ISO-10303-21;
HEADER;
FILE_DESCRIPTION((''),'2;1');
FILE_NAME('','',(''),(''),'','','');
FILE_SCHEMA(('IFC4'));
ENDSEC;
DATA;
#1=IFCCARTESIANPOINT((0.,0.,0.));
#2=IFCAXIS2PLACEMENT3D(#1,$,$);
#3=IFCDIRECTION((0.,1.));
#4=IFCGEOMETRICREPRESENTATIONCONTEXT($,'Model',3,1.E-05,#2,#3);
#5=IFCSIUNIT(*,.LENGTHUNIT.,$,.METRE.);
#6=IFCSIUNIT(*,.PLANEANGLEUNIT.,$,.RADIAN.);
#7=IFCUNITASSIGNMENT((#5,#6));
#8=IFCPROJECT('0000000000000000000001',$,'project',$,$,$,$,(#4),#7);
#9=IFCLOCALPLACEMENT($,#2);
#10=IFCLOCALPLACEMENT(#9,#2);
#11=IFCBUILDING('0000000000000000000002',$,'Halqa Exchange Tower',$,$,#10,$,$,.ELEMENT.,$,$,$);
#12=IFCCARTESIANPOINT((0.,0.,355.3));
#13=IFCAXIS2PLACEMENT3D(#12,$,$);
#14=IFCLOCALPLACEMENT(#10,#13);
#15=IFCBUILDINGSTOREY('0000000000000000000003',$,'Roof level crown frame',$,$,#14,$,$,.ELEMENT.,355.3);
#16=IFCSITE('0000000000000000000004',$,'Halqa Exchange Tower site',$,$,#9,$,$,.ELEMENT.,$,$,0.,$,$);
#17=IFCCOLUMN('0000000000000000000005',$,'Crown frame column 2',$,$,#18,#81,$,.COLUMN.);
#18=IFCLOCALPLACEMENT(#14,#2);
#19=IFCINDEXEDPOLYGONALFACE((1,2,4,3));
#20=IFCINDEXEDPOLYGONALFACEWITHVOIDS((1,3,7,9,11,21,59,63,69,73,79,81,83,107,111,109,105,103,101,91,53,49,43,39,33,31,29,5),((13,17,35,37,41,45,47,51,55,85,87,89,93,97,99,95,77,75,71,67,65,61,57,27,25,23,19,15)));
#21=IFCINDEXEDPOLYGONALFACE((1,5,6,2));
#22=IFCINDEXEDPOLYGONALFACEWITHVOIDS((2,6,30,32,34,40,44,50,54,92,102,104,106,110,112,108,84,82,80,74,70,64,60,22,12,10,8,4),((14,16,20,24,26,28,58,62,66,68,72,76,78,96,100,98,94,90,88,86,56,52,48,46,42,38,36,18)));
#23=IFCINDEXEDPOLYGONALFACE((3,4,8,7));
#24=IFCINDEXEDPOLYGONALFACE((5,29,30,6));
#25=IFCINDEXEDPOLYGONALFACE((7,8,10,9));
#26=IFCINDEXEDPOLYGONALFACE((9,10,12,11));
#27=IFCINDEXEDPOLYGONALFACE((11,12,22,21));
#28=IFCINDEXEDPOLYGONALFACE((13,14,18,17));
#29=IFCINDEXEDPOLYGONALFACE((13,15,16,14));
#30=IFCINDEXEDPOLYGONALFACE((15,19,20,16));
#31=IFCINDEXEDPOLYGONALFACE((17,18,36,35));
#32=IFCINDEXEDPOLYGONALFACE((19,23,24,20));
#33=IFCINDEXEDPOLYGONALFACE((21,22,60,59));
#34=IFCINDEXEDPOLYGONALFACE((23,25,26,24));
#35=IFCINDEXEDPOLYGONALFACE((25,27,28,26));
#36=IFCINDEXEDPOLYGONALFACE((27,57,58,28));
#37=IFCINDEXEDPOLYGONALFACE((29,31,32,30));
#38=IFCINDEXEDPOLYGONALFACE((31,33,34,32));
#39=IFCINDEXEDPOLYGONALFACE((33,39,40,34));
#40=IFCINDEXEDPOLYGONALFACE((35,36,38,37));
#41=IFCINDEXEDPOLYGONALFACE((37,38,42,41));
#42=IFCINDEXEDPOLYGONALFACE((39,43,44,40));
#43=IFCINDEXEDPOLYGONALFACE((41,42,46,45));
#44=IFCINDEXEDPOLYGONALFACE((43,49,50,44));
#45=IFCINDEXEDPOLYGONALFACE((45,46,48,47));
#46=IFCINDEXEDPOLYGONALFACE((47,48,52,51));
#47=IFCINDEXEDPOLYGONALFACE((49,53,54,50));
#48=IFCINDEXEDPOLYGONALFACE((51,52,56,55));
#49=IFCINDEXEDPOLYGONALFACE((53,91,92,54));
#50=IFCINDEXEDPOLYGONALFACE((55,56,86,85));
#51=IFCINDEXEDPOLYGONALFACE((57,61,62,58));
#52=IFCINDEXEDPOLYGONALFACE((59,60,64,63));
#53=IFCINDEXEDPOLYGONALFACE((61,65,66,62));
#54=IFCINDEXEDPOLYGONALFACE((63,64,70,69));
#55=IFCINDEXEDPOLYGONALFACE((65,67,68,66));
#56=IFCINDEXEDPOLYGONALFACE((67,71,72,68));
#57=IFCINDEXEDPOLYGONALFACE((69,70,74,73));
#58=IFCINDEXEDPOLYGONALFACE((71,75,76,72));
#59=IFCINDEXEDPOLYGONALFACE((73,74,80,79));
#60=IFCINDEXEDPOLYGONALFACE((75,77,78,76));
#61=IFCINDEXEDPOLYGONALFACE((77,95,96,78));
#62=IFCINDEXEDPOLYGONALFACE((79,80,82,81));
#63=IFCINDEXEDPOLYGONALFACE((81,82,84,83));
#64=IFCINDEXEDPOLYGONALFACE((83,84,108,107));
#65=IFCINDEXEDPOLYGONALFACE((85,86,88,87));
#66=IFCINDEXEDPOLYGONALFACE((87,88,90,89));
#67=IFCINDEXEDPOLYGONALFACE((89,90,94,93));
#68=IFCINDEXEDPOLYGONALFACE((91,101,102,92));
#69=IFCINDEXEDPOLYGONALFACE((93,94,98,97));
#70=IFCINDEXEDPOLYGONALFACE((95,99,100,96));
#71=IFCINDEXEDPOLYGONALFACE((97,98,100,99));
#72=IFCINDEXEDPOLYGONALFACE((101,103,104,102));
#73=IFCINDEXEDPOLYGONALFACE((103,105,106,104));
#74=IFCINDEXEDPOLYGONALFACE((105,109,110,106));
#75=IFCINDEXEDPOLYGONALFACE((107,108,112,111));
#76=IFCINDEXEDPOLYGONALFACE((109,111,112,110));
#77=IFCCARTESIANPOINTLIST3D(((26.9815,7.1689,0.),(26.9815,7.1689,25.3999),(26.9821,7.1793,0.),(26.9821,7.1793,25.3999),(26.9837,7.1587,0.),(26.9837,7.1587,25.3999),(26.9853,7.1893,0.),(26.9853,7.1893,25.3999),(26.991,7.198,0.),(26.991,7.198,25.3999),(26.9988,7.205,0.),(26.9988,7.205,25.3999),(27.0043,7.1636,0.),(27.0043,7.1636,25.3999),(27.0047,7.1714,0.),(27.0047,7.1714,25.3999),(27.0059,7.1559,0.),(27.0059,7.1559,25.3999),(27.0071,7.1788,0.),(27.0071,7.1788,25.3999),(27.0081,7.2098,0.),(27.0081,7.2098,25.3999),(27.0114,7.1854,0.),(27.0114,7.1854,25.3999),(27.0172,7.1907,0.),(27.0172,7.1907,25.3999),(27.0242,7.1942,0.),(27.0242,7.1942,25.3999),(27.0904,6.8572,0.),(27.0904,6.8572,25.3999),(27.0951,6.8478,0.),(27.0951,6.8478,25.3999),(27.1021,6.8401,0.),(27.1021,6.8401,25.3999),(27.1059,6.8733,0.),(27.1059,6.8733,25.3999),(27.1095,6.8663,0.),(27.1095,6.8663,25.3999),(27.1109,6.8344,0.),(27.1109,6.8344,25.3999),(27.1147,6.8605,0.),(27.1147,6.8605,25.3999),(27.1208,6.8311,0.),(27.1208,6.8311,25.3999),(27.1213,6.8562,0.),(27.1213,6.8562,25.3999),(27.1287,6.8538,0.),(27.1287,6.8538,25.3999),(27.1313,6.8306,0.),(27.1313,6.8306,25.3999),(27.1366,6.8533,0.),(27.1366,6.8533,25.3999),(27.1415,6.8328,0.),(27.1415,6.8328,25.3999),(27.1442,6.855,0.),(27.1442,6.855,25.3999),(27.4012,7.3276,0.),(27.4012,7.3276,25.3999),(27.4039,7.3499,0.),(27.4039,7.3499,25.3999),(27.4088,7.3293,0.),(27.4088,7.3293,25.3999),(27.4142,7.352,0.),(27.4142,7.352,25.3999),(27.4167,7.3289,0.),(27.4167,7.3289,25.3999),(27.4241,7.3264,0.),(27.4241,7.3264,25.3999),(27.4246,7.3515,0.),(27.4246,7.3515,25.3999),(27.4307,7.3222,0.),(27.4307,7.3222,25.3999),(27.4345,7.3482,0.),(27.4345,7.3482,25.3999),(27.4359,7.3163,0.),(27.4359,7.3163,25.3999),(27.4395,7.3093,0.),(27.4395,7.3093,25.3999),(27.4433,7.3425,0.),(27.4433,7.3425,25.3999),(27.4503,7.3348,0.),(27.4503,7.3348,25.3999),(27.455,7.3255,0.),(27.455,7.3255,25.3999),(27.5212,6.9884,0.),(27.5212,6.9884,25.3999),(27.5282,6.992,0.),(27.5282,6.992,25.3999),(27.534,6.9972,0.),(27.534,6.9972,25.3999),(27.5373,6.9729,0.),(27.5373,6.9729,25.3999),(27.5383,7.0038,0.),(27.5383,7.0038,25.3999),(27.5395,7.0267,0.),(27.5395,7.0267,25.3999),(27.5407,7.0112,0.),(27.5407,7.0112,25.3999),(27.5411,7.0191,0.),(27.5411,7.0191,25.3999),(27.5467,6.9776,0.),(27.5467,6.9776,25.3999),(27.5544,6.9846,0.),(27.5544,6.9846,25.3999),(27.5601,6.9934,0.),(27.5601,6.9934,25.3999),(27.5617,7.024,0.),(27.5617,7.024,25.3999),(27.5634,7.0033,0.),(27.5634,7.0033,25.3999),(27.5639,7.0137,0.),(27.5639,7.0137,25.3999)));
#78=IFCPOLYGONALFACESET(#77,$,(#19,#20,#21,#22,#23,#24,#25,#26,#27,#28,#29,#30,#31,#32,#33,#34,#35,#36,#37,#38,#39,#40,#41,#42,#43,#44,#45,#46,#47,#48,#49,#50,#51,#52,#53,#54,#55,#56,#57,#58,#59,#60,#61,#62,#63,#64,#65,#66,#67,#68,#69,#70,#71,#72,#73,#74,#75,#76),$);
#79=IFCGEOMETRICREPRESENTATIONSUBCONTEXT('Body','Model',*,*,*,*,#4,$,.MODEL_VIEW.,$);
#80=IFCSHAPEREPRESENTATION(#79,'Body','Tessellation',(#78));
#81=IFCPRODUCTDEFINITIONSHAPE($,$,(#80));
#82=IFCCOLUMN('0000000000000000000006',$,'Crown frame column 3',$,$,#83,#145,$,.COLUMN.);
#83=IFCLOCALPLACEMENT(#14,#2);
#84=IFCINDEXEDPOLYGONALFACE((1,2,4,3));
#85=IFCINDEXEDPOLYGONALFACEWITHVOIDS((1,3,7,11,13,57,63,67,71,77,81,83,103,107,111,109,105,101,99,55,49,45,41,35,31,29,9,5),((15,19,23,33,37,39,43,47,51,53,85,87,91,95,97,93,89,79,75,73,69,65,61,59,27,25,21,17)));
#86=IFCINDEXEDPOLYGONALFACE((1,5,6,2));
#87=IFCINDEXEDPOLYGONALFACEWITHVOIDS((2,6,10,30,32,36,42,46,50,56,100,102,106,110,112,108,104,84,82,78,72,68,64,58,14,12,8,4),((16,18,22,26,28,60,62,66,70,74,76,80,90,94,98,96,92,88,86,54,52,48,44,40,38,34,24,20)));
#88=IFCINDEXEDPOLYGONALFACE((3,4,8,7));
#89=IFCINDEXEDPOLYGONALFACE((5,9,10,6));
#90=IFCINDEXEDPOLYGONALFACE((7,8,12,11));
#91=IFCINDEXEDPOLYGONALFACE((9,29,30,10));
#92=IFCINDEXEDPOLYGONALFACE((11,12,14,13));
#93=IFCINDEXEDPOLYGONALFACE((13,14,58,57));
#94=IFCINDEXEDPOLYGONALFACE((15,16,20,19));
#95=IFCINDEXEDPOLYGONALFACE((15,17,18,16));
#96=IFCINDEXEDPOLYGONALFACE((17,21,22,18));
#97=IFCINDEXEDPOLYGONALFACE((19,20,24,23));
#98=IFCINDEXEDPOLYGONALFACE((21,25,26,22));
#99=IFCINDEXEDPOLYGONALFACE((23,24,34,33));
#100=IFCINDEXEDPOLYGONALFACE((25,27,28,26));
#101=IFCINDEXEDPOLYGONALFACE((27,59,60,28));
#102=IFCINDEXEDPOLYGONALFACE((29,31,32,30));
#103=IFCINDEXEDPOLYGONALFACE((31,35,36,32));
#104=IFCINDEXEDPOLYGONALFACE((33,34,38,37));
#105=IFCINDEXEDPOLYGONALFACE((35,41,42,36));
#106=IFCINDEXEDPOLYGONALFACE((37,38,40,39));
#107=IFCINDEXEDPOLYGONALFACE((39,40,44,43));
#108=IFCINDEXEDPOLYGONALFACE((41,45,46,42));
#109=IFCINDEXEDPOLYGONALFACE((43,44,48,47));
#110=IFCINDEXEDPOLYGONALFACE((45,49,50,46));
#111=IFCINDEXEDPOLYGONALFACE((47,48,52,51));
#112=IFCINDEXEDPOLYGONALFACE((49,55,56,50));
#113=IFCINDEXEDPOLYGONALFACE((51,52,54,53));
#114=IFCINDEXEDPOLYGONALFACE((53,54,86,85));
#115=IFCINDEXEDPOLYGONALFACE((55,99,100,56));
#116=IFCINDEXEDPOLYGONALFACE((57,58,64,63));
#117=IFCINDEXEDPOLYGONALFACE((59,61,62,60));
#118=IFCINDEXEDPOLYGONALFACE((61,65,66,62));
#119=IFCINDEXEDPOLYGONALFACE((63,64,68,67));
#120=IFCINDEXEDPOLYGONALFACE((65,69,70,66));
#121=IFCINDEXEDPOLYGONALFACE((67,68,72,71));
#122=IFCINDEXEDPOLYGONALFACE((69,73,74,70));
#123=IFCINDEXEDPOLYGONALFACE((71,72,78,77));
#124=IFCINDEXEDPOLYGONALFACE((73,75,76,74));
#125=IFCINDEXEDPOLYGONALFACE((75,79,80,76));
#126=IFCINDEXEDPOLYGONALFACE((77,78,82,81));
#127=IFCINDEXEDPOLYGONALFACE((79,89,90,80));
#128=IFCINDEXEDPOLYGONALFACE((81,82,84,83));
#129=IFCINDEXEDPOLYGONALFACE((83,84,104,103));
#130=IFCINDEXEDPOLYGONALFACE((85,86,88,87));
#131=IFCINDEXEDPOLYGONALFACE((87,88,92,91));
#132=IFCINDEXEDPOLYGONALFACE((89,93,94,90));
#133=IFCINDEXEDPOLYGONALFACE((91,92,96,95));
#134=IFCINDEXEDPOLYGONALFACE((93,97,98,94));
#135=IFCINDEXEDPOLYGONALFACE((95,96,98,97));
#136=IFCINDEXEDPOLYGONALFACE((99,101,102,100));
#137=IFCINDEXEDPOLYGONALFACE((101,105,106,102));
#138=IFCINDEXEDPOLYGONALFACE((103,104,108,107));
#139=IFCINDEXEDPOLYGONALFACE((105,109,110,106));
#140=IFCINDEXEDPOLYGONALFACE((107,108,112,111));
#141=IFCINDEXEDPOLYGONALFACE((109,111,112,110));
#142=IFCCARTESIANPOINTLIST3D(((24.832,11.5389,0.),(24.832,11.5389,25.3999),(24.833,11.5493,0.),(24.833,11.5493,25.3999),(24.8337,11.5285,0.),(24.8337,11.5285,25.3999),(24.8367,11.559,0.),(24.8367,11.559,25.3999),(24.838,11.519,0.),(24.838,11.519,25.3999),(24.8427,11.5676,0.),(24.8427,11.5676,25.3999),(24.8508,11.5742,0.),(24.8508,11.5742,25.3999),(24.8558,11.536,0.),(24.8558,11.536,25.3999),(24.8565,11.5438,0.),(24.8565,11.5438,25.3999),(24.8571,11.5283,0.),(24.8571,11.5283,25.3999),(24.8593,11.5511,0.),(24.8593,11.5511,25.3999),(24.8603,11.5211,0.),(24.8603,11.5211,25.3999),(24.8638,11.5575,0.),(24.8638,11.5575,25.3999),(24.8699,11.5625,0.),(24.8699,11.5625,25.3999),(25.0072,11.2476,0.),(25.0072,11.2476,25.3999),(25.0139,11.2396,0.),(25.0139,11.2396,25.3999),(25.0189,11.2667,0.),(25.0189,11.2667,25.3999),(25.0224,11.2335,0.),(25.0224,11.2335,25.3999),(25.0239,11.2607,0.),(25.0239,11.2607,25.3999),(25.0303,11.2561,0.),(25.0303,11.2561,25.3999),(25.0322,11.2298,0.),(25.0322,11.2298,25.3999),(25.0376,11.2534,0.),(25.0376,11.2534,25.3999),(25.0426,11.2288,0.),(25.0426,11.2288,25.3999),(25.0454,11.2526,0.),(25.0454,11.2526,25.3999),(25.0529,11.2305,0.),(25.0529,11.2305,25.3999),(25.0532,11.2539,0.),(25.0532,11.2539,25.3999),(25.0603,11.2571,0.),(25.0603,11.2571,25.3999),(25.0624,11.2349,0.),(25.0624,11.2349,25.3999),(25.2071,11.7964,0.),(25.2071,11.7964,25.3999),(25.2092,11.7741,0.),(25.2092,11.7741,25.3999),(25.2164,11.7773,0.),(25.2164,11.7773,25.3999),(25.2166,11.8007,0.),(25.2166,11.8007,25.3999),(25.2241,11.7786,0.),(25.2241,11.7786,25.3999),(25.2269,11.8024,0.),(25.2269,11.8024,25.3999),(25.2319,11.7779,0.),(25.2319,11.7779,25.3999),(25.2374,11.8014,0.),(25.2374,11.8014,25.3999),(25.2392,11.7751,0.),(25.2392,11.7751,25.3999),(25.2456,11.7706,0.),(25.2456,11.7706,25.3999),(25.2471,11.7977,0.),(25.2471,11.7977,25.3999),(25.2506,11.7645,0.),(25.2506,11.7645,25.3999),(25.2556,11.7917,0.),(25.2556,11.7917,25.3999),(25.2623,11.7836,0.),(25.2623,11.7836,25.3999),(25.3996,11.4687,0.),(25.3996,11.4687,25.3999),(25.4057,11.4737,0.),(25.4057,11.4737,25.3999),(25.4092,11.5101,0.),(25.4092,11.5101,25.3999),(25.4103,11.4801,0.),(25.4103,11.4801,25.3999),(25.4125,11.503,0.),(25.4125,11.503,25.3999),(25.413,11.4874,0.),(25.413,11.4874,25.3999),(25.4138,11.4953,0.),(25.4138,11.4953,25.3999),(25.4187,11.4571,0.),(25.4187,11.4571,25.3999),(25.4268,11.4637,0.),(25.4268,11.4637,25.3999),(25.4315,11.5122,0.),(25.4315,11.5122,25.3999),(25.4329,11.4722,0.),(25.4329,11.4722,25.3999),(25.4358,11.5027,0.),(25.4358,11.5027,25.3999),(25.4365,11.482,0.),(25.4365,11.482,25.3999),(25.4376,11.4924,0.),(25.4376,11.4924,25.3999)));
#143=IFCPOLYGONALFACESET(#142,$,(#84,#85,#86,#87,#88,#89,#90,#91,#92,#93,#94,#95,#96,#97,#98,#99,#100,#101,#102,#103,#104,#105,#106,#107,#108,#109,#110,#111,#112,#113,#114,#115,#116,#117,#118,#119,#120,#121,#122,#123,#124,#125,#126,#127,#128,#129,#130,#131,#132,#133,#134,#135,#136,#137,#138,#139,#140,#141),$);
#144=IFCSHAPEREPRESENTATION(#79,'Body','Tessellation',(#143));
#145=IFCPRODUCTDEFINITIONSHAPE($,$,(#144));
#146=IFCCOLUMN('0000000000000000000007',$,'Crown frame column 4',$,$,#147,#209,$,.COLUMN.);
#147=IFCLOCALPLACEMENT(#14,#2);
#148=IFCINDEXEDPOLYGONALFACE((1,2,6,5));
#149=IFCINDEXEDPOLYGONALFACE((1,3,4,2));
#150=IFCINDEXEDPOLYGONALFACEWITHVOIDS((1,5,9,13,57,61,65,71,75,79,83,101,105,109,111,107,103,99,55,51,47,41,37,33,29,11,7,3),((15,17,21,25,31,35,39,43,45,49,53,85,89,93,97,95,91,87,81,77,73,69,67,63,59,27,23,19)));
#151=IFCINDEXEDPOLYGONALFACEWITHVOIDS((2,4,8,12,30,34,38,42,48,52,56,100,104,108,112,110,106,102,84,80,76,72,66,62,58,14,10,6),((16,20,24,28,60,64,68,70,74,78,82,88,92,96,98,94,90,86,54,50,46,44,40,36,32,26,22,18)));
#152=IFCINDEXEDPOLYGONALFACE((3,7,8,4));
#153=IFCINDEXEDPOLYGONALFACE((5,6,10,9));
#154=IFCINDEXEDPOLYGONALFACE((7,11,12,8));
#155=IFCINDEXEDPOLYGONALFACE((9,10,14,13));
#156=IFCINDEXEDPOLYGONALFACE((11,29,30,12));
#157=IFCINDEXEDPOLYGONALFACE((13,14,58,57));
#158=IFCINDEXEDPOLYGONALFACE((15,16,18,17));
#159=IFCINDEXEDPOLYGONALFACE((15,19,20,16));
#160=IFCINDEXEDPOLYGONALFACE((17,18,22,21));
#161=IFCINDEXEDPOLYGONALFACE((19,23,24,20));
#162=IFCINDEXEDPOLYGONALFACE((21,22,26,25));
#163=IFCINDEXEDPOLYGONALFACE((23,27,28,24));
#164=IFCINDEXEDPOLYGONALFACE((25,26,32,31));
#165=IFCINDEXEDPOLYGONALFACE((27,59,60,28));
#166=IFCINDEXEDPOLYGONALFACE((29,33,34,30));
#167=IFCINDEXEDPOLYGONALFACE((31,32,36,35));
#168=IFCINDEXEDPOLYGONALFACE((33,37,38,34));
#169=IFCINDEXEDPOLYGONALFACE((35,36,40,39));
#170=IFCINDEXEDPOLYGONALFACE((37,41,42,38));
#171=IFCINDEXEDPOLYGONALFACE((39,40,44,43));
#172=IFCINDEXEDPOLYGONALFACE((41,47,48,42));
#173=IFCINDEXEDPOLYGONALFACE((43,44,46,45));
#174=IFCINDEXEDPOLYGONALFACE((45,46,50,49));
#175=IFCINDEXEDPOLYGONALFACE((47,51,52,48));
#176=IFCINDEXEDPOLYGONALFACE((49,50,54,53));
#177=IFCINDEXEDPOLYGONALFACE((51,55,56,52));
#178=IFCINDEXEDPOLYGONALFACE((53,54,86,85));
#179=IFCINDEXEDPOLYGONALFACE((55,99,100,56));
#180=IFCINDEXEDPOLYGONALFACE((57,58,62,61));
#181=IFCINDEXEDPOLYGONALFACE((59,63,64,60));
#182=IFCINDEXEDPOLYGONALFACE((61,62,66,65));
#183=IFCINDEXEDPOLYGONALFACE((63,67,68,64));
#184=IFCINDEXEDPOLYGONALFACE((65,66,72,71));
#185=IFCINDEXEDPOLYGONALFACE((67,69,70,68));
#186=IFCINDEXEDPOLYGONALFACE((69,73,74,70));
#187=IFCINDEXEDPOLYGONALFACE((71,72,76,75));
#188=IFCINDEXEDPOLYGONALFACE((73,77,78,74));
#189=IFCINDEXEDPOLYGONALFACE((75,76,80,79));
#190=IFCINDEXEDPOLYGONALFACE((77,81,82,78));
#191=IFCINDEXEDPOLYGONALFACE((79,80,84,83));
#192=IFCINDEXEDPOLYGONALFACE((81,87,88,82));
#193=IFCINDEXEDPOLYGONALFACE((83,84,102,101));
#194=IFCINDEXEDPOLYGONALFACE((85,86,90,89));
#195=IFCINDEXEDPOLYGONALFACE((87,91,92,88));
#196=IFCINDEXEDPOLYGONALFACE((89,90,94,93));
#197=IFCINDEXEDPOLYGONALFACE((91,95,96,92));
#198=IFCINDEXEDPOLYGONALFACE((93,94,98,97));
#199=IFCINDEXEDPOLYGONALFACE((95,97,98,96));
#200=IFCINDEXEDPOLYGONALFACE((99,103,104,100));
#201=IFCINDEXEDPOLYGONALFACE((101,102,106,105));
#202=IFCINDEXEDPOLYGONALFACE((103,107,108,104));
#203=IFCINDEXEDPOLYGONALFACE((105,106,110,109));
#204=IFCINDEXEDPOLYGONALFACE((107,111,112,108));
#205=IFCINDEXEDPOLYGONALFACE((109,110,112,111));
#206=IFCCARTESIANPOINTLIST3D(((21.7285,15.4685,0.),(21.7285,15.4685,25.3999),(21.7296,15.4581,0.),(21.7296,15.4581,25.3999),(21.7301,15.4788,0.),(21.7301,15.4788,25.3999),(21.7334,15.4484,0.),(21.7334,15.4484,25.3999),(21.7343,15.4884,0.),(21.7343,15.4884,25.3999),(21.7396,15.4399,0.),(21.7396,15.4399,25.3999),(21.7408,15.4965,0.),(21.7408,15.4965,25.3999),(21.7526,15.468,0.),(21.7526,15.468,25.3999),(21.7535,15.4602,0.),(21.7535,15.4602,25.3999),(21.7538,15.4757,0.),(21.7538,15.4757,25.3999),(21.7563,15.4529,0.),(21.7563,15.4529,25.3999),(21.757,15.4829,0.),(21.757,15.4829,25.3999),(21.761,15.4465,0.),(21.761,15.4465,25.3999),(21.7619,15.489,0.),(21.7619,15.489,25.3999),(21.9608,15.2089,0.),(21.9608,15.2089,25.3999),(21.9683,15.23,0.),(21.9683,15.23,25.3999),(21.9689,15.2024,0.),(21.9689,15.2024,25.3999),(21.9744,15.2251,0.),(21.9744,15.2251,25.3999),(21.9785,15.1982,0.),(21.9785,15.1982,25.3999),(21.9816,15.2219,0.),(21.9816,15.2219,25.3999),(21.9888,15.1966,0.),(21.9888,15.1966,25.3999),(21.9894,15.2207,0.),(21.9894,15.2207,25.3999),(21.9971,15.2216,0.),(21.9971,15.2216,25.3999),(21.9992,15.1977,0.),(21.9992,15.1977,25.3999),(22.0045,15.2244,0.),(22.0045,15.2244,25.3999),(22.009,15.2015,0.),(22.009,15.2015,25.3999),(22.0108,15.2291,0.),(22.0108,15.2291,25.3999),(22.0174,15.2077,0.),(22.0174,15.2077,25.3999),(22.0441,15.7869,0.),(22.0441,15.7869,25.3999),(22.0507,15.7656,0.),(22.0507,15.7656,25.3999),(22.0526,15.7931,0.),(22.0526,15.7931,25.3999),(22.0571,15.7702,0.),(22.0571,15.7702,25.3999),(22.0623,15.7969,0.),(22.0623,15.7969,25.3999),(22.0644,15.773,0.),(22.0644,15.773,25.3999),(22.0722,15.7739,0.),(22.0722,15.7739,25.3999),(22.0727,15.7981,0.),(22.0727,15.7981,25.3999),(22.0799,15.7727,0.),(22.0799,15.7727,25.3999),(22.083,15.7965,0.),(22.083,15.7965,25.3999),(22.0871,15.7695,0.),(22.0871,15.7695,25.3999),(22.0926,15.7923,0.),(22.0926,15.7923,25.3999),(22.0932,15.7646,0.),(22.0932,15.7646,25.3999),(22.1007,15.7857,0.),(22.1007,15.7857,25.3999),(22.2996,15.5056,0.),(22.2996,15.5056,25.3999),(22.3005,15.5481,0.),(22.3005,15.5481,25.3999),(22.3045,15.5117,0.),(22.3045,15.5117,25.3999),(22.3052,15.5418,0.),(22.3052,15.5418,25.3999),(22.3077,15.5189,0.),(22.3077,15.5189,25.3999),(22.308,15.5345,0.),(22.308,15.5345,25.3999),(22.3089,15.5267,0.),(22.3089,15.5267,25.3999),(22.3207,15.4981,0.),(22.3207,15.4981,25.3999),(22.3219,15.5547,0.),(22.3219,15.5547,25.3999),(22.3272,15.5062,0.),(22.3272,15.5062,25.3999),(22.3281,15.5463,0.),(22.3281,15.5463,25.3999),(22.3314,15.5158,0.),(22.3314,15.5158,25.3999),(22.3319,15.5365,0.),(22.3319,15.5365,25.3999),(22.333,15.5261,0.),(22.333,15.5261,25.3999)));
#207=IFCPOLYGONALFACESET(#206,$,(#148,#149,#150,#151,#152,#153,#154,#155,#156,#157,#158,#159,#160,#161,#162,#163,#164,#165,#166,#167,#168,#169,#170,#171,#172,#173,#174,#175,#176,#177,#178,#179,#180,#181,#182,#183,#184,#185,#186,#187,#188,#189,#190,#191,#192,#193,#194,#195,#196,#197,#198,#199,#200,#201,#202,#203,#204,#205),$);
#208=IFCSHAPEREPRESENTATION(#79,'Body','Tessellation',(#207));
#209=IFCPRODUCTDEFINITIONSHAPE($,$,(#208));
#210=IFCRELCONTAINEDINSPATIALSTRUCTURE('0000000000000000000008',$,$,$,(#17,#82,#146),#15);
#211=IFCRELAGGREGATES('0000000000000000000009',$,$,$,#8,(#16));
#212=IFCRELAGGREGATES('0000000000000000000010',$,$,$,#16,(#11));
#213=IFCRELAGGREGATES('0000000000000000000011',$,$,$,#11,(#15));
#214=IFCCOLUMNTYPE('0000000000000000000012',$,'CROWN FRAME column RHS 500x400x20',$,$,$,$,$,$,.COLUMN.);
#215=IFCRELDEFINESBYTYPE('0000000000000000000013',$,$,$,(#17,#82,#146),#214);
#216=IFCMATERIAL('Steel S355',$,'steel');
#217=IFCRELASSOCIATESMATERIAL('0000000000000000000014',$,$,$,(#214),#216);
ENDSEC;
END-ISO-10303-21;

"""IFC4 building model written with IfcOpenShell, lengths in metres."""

from ifc_helpers import new_model, si_unit, direction, frame, origin, origin_2d, place, context, subcontext, project, spatial, hollow_rectangle, extrude, material, material_profile, profile_set, type_object, element, save


model = new_model("IFC4")

# Units and contexts
model_context = context("Model", 3, precision=1e-05, world=origin(), true_north=direction((0.0, 1.0)))
body_context = subcontext(model_context, "Body", "Model", "MODEL_VIEW")
ifc_project = project(units=[si_unit("LENGTHUNIT", "METRE"), si_unit("PLANEANGLEUNIT", "RADIAN")], contexts=[model_context])

# Site, building, storey
site_placement = place(None, origin())
site = spatial("IfcSite", under=ifc_project, at=site_placement, Name="Halqa Exchange Tower site", CompositionType="ELEMENT", RefElevation=0.0)
building_placement = place(site_placement, origin())
building = spatial("IfcBuilding", under=site, at=building_placement, Name="Halqa Exchange Tower", CompositionType="ELEMENT")
storey_placement = place(building_placement, frame((0.0, 0.0, 355.3)))
storey = spatial("IfcBuildingStorey", under=building, at=storey_placement, Name="Roof level crown frame", CompositionType="ELEMENT", Elevation=355.3)

# Columns
ifc_material_1 = material(Name="Steel S355", Category="steel")
ifc_material_profile_1 = material_profile(ifc_material_1, hollow_rectangle(XDim=0.3999, YDim=0.5, WallThickness=0.02, InnerFilletRadius=0.03, OuterFilletRadius=0.04, at=origin_2d()), Name="RHS 500x400x20")
ifc_profile_set_1 = profile_set([ifc_material_profile_1], Name="Steel S355")
column_type = type_object("IfcColumnType", Name="CROWN FRAME column RHS 500x400x20", PredefinedType="COLUMN", material=ifc_profile_set_1)
for number, where, z_axis, x_axis, name in (
    (1, (27.2727, 7.0913, 0.0), (0.0, 0.0, 1.0), (-0.333624, 0.942706, 0.0), "Crown frame column 2"),
    (2, (25.1348, 11.5156, 0.0), (0.0, 0.0, 1.0), (-0.52914, 0.848534, 0.0), "Crown frame column 3"),
    (3, (22.0308, 15.4973, 0.0), (0.0, 0.0, 1.0), (-0.691579, 0.722301, 0.0), "Crown frame column 4"),
):
    element("IfcColumn", number, at=place(storey_placement, frame(where, z_axis=z_axis, x_axis=x_axis)), inside=storey, type_object=column_type, Name=name, PredefinedType="COLUMN", context=body_context, shape_type="SweptSolid", body=[
        extrude(hollow_rectangle(XDim=0.3999, YDim=0.5, WallThickness=0.02, InnerFilletRadius=0.03, OuterFilletRadius=0.04, at=origin_2d()), origin(), (0.0, 0.0, 1.0), 25.3999),
    ])

save(model, "model.ifc")
